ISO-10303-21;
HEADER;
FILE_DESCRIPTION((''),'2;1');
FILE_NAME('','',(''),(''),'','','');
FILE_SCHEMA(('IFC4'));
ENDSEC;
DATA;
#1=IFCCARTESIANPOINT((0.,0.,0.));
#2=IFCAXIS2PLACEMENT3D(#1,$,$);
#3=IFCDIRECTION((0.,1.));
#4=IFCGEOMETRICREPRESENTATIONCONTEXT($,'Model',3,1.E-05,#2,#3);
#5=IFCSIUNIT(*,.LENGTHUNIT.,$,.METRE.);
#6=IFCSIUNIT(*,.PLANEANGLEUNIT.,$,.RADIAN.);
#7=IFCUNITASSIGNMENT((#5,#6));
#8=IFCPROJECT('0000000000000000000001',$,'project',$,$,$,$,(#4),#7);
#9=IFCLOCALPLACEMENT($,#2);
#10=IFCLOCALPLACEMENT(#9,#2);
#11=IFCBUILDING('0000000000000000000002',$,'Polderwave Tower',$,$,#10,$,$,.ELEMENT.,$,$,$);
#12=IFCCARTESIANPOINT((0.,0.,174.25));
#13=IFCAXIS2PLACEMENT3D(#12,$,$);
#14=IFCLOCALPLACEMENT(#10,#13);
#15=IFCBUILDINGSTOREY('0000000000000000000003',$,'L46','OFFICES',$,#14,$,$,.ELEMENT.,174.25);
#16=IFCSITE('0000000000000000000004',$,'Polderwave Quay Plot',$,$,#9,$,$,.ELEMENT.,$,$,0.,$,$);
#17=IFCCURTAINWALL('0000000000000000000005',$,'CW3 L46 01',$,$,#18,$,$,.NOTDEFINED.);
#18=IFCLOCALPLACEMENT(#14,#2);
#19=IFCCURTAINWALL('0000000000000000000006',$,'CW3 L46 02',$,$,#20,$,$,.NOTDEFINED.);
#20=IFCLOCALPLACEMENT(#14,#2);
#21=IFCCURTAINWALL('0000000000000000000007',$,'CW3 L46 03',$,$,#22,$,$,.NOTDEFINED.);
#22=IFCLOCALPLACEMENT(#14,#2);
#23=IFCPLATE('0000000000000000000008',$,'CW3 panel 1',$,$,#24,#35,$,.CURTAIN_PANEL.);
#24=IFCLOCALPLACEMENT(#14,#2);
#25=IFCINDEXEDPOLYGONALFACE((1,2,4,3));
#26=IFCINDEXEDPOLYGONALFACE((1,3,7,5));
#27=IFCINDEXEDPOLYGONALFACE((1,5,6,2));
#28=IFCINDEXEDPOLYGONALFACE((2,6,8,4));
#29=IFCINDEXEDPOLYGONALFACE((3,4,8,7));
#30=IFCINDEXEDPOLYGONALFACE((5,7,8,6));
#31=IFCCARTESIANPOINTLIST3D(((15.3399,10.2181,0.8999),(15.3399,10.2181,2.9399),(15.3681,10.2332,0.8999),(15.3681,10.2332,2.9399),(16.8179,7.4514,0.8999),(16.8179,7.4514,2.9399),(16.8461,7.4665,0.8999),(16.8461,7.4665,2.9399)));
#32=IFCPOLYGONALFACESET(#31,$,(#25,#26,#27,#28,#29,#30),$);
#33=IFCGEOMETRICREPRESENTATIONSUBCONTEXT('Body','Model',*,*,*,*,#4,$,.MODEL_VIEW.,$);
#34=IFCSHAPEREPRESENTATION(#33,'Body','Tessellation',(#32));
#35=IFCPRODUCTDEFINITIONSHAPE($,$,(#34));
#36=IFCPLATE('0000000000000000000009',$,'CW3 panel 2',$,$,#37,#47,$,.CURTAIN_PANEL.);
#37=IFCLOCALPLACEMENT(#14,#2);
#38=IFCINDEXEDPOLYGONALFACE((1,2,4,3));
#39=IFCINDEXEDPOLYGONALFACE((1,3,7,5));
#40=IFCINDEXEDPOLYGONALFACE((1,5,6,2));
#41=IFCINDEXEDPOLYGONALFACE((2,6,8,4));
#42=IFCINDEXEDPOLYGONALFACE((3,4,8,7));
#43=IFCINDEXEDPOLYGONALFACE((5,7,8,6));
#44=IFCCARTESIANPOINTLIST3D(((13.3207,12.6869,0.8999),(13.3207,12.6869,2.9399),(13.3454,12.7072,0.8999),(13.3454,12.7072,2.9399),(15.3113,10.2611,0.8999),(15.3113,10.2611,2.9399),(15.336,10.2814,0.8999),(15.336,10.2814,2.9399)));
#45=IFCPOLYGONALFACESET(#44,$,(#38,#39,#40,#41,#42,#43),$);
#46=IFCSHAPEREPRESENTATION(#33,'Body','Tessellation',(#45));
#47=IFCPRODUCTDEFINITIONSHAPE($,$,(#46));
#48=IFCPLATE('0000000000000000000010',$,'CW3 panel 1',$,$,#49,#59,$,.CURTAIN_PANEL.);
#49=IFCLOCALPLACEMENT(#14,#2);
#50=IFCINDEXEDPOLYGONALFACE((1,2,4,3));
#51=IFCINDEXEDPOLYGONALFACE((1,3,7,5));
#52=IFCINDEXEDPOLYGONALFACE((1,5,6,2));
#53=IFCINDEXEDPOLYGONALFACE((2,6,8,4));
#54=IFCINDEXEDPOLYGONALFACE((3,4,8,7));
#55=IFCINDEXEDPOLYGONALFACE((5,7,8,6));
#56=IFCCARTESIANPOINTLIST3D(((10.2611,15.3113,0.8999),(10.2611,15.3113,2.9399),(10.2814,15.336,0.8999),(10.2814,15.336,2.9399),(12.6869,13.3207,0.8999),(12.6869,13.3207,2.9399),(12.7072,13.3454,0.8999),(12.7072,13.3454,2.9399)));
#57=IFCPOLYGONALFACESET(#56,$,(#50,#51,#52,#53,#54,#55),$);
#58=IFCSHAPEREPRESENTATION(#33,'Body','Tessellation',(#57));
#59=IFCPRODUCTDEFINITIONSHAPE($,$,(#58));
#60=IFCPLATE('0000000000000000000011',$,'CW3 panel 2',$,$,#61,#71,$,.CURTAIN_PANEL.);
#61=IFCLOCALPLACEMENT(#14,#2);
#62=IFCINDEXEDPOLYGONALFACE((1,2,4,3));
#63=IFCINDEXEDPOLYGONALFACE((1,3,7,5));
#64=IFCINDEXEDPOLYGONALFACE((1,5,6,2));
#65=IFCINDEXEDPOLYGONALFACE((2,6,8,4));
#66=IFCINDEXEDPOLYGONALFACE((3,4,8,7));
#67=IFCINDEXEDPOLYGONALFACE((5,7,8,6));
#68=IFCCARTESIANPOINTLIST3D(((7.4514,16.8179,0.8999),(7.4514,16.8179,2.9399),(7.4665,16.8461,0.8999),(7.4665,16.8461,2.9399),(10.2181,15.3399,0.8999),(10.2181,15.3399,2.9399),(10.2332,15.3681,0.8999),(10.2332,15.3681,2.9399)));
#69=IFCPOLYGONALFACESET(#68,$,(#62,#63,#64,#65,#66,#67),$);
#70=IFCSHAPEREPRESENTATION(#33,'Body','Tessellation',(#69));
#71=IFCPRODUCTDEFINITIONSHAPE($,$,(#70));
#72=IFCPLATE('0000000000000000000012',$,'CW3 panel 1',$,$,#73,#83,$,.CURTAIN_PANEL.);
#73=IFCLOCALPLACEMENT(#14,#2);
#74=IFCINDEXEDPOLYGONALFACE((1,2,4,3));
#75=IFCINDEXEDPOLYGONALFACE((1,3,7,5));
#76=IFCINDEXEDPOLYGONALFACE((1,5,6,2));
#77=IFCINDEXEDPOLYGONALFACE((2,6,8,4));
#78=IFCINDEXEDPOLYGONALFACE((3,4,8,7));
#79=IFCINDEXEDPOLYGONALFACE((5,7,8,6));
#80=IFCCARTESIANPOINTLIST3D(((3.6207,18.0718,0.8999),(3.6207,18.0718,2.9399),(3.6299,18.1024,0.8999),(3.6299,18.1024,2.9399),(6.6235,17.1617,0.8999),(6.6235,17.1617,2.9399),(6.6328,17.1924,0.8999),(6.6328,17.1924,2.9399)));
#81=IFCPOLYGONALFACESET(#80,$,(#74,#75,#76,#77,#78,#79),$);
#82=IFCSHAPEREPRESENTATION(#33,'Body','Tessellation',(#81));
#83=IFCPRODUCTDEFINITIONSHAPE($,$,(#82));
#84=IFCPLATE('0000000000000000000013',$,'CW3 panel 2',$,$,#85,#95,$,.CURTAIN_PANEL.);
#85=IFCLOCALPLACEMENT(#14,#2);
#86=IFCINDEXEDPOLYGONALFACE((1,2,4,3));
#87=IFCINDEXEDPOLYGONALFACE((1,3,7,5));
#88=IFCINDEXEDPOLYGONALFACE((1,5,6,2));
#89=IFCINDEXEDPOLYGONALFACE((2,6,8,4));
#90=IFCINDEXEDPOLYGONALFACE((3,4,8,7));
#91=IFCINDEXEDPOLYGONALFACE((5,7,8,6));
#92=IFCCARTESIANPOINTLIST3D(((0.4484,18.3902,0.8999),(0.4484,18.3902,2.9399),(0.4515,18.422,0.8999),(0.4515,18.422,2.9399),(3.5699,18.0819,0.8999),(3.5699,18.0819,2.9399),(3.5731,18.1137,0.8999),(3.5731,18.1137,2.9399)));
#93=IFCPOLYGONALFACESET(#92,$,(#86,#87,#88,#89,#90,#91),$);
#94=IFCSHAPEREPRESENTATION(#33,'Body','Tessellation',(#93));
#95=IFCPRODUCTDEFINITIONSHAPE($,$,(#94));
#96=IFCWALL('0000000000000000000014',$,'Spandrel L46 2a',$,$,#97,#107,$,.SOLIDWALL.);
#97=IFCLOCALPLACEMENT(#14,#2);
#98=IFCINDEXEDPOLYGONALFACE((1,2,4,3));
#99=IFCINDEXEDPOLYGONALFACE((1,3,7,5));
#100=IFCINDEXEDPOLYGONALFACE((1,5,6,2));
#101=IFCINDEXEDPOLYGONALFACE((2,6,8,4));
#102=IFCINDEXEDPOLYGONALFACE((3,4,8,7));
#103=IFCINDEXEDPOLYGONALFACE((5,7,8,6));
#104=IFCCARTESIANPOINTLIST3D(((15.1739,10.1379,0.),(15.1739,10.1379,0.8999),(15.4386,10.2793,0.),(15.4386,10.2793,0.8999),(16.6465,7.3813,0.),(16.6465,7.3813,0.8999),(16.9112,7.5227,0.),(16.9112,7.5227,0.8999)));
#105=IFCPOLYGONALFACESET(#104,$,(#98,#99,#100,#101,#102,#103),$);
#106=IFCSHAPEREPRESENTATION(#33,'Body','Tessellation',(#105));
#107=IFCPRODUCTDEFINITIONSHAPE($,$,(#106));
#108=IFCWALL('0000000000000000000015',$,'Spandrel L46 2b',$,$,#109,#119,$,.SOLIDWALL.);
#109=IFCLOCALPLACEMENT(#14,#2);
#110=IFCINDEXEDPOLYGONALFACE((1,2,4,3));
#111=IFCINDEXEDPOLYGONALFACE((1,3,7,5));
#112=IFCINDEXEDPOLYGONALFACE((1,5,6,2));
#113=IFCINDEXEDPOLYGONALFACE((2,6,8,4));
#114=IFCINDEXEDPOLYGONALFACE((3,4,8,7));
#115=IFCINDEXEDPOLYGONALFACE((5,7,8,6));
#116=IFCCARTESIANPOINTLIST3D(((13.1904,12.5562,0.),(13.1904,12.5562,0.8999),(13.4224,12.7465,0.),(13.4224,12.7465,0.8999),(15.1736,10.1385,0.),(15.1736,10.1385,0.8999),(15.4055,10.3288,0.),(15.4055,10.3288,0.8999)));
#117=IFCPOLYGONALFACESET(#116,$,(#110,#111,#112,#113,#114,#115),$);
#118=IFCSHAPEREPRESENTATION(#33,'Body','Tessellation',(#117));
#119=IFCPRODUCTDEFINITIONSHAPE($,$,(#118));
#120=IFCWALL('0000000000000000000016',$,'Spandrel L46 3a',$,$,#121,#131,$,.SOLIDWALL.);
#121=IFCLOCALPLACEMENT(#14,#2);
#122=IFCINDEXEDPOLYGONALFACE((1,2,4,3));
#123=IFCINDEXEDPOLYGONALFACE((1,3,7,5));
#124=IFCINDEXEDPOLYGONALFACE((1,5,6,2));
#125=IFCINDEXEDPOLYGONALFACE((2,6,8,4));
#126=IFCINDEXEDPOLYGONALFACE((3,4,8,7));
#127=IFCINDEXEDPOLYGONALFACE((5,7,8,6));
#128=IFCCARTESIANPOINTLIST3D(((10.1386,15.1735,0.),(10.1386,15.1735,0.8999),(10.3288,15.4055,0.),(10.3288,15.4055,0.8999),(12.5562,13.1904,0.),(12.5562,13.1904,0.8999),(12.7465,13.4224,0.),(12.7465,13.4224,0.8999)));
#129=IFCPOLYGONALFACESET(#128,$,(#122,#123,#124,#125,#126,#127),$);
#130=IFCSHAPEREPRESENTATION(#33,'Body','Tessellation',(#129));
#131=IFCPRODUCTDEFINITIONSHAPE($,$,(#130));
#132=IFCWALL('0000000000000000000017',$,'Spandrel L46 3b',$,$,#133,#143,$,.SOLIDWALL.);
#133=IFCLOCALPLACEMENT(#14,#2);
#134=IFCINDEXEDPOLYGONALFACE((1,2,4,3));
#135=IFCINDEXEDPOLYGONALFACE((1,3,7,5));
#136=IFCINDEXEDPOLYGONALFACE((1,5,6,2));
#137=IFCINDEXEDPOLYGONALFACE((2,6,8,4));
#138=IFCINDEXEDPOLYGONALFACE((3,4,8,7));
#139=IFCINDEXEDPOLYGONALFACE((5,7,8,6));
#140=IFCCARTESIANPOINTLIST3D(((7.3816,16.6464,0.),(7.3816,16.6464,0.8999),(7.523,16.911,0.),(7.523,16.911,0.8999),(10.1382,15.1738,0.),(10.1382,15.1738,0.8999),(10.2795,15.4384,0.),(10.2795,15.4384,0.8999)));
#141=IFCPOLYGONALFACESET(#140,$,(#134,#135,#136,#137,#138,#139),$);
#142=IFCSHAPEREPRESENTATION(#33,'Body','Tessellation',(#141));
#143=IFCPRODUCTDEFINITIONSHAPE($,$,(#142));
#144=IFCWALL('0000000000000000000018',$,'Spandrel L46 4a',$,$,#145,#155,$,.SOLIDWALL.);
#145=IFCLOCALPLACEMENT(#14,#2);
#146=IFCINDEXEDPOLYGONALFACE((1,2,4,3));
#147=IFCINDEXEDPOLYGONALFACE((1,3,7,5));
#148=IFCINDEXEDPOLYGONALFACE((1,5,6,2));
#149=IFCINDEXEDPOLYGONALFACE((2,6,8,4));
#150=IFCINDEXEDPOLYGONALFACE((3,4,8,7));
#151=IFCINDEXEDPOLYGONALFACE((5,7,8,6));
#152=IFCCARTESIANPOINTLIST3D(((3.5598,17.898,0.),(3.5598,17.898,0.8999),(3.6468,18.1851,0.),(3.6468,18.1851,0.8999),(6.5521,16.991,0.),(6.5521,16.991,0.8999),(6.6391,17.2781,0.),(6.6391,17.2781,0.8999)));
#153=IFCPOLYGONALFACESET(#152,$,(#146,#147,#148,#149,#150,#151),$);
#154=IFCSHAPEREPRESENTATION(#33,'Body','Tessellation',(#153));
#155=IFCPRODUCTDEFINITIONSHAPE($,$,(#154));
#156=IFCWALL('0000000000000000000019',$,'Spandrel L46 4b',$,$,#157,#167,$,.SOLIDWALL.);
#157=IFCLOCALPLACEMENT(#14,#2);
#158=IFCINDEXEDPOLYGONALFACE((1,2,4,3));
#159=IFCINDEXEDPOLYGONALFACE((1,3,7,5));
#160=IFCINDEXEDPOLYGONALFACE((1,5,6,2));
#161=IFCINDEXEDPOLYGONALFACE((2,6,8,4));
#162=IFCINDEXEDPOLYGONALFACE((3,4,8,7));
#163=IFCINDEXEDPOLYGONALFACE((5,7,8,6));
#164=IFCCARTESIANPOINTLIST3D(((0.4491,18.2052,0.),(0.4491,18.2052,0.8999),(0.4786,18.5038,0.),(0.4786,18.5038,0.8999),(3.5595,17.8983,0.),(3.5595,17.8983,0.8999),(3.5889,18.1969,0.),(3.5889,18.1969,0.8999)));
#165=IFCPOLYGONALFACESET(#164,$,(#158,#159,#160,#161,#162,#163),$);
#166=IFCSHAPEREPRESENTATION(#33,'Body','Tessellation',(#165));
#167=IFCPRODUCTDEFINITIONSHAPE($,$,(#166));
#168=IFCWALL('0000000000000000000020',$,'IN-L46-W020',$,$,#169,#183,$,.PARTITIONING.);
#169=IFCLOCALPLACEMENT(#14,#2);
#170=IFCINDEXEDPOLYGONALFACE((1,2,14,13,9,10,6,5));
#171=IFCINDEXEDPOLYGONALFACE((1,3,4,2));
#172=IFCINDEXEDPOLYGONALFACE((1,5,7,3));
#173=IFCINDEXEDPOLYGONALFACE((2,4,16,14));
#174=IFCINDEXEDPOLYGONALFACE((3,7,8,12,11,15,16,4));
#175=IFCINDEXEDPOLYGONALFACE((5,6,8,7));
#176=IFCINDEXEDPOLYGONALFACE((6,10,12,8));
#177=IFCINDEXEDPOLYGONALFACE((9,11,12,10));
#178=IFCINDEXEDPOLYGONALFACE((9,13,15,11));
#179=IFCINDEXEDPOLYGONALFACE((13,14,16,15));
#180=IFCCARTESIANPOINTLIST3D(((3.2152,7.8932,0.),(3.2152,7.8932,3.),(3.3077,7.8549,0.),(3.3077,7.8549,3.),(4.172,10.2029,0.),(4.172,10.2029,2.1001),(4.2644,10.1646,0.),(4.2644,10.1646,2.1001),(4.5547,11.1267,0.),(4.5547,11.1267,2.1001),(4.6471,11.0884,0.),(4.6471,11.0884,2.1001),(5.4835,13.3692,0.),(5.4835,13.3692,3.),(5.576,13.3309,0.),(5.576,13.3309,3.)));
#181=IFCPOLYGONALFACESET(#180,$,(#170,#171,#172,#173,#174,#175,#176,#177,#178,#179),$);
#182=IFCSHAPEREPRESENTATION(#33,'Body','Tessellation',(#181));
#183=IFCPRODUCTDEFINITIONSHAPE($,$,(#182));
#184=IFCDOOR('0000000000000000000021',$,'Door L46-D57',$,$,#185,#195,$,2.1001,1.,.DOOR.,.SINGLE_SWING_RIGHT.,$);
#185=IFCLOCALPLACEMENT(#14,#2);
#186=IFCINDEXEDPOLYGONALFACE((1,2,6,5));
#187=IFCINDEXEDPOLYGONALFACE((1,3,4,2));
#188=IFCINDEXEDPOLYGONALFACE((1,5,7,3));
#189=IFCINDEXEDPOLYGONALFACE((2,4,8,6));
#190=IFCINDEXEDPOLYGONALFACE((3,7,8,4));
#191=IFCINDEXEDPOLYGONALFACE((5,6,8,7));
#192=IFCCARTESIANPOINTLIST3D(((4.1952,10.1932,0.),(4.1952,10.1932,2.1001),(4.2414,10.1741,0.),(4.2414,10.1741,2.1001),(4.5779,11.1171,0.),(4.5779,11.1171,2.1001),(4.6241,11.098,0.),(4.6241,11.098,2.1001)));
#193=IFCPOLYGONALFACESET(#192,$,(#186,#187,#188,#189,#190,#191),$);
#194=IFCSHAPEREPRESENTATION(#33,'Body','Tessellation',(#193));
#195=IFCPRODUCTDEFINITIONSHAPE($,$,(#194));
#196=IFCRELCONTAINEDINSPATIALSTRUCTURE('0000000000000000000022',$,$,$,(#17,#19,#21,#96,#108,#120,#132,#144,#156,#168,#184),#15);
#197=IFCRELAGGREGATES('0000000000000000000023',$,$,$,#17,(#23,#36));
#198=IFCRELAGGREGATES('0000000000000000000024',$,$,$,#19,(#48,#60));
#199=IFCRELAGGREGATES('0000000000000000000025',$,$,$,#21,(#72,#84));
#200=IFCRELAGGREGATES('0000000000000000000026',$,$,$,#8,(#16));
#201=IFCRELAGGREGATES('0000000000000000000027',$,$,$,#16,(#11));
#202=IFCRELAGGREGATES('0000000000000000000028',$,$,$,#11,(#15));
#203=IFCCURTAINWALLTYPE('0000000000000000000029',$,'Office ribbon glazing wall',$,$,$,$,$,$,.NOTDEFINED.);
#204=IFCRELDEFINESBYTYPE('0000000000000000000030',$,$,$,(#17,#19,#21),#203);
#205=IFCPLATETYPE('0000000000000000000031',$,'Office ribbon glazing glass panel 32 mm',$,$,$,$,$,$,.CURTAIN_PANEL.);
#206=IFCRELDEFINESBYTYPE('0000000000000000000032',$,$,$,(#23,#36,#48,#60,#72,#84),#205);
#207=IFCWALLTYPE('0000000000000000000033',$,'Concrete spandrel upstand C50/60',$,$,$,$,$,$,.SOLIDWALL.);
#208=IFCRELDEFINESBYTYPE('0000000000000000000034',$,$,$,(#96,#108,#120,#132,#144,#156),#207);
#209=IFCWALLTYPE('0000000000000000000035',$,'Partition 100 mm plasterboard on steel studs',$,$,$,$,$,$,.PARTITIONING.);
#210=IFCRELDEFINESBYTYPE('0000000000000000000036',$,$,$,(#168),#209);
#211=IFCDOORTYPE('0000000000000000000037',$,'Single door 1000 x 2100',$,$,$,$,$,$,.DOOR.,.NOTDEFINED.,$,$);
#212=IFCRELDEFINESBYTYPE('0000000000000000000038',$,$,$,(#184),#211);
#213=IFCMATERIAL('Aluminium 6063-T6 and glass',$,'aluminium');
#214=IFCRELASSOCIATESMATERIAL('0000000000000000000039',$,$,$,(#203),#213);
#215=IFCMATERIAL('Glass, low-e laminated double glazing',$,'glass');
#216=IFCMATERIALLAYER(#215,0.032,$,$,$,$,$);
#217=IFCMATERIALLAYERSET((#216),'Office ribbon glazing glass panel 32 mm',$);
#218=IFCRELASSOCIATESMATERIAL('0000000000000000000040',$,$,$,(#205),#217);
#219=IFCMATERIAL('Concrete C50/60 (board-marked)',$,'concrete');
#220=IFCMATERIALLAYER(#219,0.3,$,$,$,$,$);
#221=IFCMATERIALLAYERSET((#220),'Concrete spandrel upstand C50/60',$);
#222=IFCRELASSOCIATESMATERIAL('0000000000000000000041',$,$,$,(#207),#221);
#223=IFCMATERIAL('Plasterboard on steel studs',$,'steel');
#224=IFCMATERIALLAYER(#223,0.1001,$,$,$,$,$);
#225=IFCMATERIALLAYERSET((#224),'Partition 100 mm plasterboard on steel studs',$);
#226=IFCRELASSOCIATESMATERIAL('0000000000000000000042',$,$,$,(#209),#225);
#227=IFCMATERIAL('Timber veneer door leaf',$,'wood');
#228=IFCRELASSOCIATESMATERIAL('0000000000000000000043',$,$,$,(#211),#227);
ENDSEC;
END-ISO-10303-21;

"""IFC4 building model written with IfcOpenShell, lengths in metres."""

from ifc_helpers import new_model, si_unit, direction, frame, frame_2d, origin, origin_2d, place, context, subcontext, project, spatial, rectangle, extrude, material, layer, layer_set, type_object, element, fill, aggregate, save


model = new_model("IFC4")

# Units and contexts
model_context = context("Model", 3, precision=1e-05, world=origin(), true_north=direction((0.0, 1.0)))
body_context = subcontext(model_context, "Body", "Model", "MODEL_VIEW")
ifc_project = project(units=[si_unit("LENGTHUNIT", "METRE"), si_unit("PLANEANGLEUNIT", "RADIAN")], contexts=[model_context])

# Site, building, storey
site_placement = place(None, origin())
site = spatial("IfcSite", under=ifc_project, at=site_placement, Name="Polderwave Quay Plot", CompositionType="ELEMENT", RefElevation=0.0)
building_placement = place(site_placement, origin())
building = spatial("IfcBuilding", under=site, at=building_placement, Name="Polderwave Tower", CompositionType="ELEMENT")
storey_placement = place(building_placement, frame((0.0, 0.0, 174.25)))
storey = spatial("IfcBuildingStorey", under=building, at=storey_placement, Name="L46", Description="OFFICES", CompositionType="ELEMENT", Elevation=174.25)

# Curtain walls
ifc_material_1 = material(Name="Aluminium 6063-T6 and glass", Category="aluminium")
curtain_wall_type = type_object("IfcCurtainWallType", Name="Office ribbon glazing wall", PredefinedType="NOTDEFINED", material=ifc_material_1)
curtain_wall_1_placement = place(storey_placement, origin())
curtain_wall_1 = element("IfcCurtainWall", 1, at=curtain_wall_1_placement, inside=storey, type_object=curtain_wall_type, Name="CW3 L46 01", PredefinedType="NOTDEFINED")
curtain_wall_2_placement = place(storey_placement, origin())
curtain_wall_2 = element("IfcCurtainWall", 2, at=curtain_wall_2_placement, inside=storey, type_object=curtain_wall_type, Name="CW3 L46 02", PredefinedType="NOTDEFINED")
curtain_wall_3_placement = place(storey_placement, origin())
curtain_wall_3 = element("IfcCurtainWall", 3, at=curtain_wall_3_placement, inside=storey, type_object=curtain_wall_type, Name="CW3 L46 03", PredefinedType="NOTDEFINED")

# Plates
ifc_material_2 = material(Name="Glass, low-e laminated double glazing", Category="glass")
ifc_layer_1 = layer(ifc_material_2, 0.032)
ifc_layer_set_1 = layer_set([ifc_layer_1], Name="Office ribbon glazing glass panel 32 mm")
plate_type = type_object("IfcPlateType", Name="Office ribbon glazing glass panel 32 mm", PredefinedType="CURTAIN_PANEL", material=ifc_layer_set_1)
plate_1_placement = place(storey_placement, frame((16.093, 8.8423, 0.8999), z_axis=(0.0, 0.0, 1.0), x_axis=(-0.471195, 0.882029, 0.0)))
plate_1 = element("IfcPlate", 4, at=plate_1_placement, type_object=plate_type, Name="CW3 panel 1", PredefinedType="CURTAIN_PANEL", context=body_context, shape_type="SweptSolid", body=[
    extrude(rectangle(XDim=3.1367, YDim=0.032, at=origin_2d()), origin(), (0.0, 0.0, 1.0), 2.04),
])
plate_2_placement = place(storey_placement, frame((14.3284, 11.4841, 0.8999), z_axis=(0.0, 0.0, 1.0), x_axis=(-0.634356, 0.773041, 0.0)))
plate_2 = element("IfcPlate", 5, at=plate_2_placement, type_object=plate_type, Name="CW3 panel 2", PredefinedType="CURTAIN_PANEL", context=body_context, shape_type="SweptSolid", body=[
    extrude(rectangle(XDim=3.1379, YDim=0.032, at=origin_2d()), origin(), (0.0, 0.0, 1.0), 2.04),
])
aggregate(curtain_wall_1, [plate_1, plate_2])
plate_3_placement = place(storey_placement, frame((11.4841, 14.3284, 0.8999), z_axis=(0.0, 0.0, 1.0), x_axis=(-0.773041, 0.634356, 0.0)))
plate_3 = element("IfcPlate", 6, at=plate_3_placement, type_object=plate_type, Name="CW3 panel 1", PredefinedType="CURTAIN_PANEL", context=body_context, shape_type="SweptSolid", body=[
    extrude(rectangle(XDim=3.1379, YDim=0.032, at=origin_2d()), origin(), (0.0, 0.0, 1.0), 2.04),
])
plate_4_placement = place(storey_placement, frame((8.8423, 16.093, 0.8999), z_axis=(0.0, 0.0, 1.0), x_axis=(-0.882029, 0.471195, 0.0)))
plate_4 = element("IfcPlate", 7, at=plate_4_placement, type_object=plate_type, Name="CW3 panel 2", PredefinedType="CURTAIN_PANEL", context=body_context, shape_type="SweptSolid", body=[
    extrude(rectangle(XDim=3.1367, YDim=0.032, at=origin_2d()), origin(), (0.0, 0.0, 1.0), 2.04),
])
aggregate(curtain_wall_2, [plate_3, plate_4])
plate_5_placement = place(storey_placement, frame((5.1267, 17.6321, 0.8999), z_axis=(0.0, 0.0, 1.0), x_axis=(-0.957014, 0.290042, 0.0)))
plate_5 = element("IfcPlate", 8, at=plate_5_placement, type_object=plate_type, Name="CW3 panel 1", PredefinedType="CURTAIN_PANEL", context=body_context, shape_type="SweptSolid", body=[
    extrude(rectangle(XDim=3.1377, YDim=0.032, at=origin_2d()), origin(), (0.0, 0.0, 1.0), 2.04),
])
plate_6_placement = place(storey_placement, frame((2.0107, 18.252, 0.8999), z_axis=(0.0, 0.0, 1.0), x_axis=(-0.995159, 0.098283, 0.0)))
plate_6 = element("IfcPlate", 9, at=plate_6_placement, type_object=plate_type, Name="CW3 panel 2", PredefinedType="CURTAIN_PANEL", context=body_context, shape_type="SweptSolid", body=[
    extrude(rectangle(XDim=3.1367, YDim=0.032, at=origin_2d()), origin(), (0.0, 0.0, 1.0), 2.04),
])
aggregate(curtain_wall_3, [plate_5, plate_6])

# Walls
ifc_material_3 = material(Name="Concrete C50/60 (board-marked)", Category="concrete")
ifc_layer_2 = layer(ifc_material_3, 0.3)
ifc_layer_set_2 = layer_set([ifc_layer_2], Name="Concrete spandrel upstand C50/60")
wall_type_1 = type_object("IfcWallType", Name="Concrete spandrel upstand C50/60", PredefinedType="SOLIDWALL", material=ifc_layer_set_2)
wall_1_placement = place(storey_placement, frame((16.7788, 7.4521, 0.0), z_axis=(0.0, 0.0, 1.0), x_axis=(-0.471204, 0.882024, 0.0)))
element("IfcWall", 10, at=wall_1_placement, inside=storey, type_object=wall_type_1, Name="Spandrel L46 2a", PredefinedType="SOLIDWALL", context=body_context, shape_type="SweptSolid", body=[
    extrude(rectangle(XDim=3.1252, YDim=0.3, at=frame_2d((1.5625, 0.0))), origin(), (0.0, 0.0, 1.0), 0.8999),
])
for number, where, z_axis, x_axis, name in (
    (11, (15.2896, 10.2336, 0.0), (0.0, 0.0, 1.0), (-0.634198, 0.773171, 0.0), "Spandrel L46 2b"),
    (12, (12.6514, 13.3064, 0.0), (0.0, 0.0, 1.0), (-0.773171, 0.634198, 0.0), "Spandrel L46 3a"),
):
    element("IfcWall", number, at=place(storey_placement, frame(where, z_axis=z_axis, x_axis=x_axis)), inside=storey, type_object=wall_type_1, Name=name, PredefinedType="SOLIDWALL", context=body_context, shape_type="SweptSolid", body=[
        extrude(rectangle(XDim=3.127, YDim=0.3, at=frame_2d((1.5635, 0.0))), origin(), (0.0, 0.0, 1.0), 0.8999),
    ])
wall_2_placement = place(storey_placement, frame((10.2087, 15.3062, 0.0), z_axis=(0.0, 0.0, 1.0), x_axis=(-0.882024, 0.471204, 0.0)))
element("IfcWall", 13, at=wall_2_placement, inside=storey, type_object=wall_type_1, Name="Spandrel L46 3b", PredefinedType="SOLIDWALL", context=body_context, shape_type="SweptSolid", body=[
    extrude(rectangle(XDim=3.1252, YDim=0.3, at=frame_2d((1.5625, 0.0))), origin(), (0.0, 0.0, 1.0), 0.8999),
])
wall_3_placement = place(storey_placement, frame((6.5957, 17.1345, 0.0), z_axis=(0.0, 0.0, 1.0), x_axis=(-0.957001, 0.290083, 0.0)))
element("IfcWall", 14, at=wall_3_placement, inside=storey, type_object=wall_type_1, Name="Spandrel L46 4a", PredefinedType="SOLIDWALL", context=body_context, shape_type="SweptSolid", body=[
    extrude(rectangle(XDim=3.1267, YDim=0.3, at=frame_2d((1.5635, 0.0))), origin(), (0.0, 0.0, 1.0), 0.8999),
])
wall_4_placement = place(storey_placement, frame((3.5742, 18.0476, 0.0), z_axis=(0.0, 0.0, 1.0), x_axis=(-0.995168, 0.098189, 0.0)))
element("IfcWall", 15, at=wall_4_placement, inside=storey, type_object=wall_type_1, Name="Spandrel L46 4b", PredefinedType="SOLIDWALL", context=body_context, shape_type="SweptSolid", body=[
    extrude(rectangle(XDim=3.1255, YDim=0.3, at=frame_2d((1.5627, 0.0))), origin(), (0.0, 0.0, 1.0), 0.8999),
])

# Wall, opening, door
ifc_material_4 = material(Name="Plasterboard on steel studs", Category="steel")
ifc_layer_3 = layer(ifc_material_4, 0.1001)
ifc_layer_set_3 = layer_set([ifc_layer_3], Name="Partition 100 mm plasterboard on steel studs")
wall_type_2 = type_object("IfcWallType", Name="Partition 100 mm plasterboard on steel studs", PredefinedType="PARTITIONING", material=ifc_layer_set_3)
wall_5_placement = place(storey_placement, frame((3.2615, 7.874, 0.0), z_axis=(0.0, 0.0, 1.0), x_axis=(0.38269, 0.923877, 0.0)))
wall_5 = element("IfcWall", 16, at=wall_5_placement, inside=storey, type_object=wall_type_2, Name="IN-L46-W020", PredefinedType="PARTITIONING", context=body_context, shape_type="SweptSolid", body=[
    extrude(rectangle(XDim=5.9272, YDim=0.1001, at=frame_2d((2.9636, 0.0))), origin(), (0.0, 0.0, 1.0), 3.0),
])
opening_1_placement = place(wall_5_placement, frame((2.5, 0.0, 0.0)))
opening_1 = element("IfcOpeningElement", 17, at=opening_1_placement, cuts=wall_5, PredefinedType="OPENING", context=body_context, shape_type="SweptSolid", body=[
    extrude(rectangle(XDim=1.0, YDim=2.1001, at=frame_2d((0.5, 1.05))), frame((0.0, 0.0601, 0.0), z_axis=(0.0, -1.0, 0.0), x_axis=(1.0, 0.0, 0.0)), (0.0, 0.0, 1.0), 0.1201),
])
ifc_material_5 = material(Name="Timber veneer door leaf", Category="wood")
door_type = type_object("IfcDoorType", Name="Single door 1000 x 2100", OperationType="NOTDEFINED", PredefinedType="DOOR", material=ifc_material_5)
door_1_placement = place(opening_1_placement, origin())
door_1 = element("IfcDoor", 18, at=door_1_placement, inside=storey, type_object=door_type, Name="Door L46-D57", OperationType="SINGLE_SWING_RIGHT", OverallHeight=2.1001, OverallWidth=1.0, PredefinedType="DOOR", context=body_context, shape_type="SweptSolid", body=[
    extrude(rectangle(XDim=1.0, YDim=2.1001, at=frame_2d((0.5, 1.05))), frame((0.0, 0.0249, 0.0), z_axis=(0.0, -1.0, 0.0), x_axis=(1.0, 0.0, 0.0)), (0.0, 0.0, 1.0), 0.05),
])
fill(opening_1, door_1)

save(model, "model.ifc")
